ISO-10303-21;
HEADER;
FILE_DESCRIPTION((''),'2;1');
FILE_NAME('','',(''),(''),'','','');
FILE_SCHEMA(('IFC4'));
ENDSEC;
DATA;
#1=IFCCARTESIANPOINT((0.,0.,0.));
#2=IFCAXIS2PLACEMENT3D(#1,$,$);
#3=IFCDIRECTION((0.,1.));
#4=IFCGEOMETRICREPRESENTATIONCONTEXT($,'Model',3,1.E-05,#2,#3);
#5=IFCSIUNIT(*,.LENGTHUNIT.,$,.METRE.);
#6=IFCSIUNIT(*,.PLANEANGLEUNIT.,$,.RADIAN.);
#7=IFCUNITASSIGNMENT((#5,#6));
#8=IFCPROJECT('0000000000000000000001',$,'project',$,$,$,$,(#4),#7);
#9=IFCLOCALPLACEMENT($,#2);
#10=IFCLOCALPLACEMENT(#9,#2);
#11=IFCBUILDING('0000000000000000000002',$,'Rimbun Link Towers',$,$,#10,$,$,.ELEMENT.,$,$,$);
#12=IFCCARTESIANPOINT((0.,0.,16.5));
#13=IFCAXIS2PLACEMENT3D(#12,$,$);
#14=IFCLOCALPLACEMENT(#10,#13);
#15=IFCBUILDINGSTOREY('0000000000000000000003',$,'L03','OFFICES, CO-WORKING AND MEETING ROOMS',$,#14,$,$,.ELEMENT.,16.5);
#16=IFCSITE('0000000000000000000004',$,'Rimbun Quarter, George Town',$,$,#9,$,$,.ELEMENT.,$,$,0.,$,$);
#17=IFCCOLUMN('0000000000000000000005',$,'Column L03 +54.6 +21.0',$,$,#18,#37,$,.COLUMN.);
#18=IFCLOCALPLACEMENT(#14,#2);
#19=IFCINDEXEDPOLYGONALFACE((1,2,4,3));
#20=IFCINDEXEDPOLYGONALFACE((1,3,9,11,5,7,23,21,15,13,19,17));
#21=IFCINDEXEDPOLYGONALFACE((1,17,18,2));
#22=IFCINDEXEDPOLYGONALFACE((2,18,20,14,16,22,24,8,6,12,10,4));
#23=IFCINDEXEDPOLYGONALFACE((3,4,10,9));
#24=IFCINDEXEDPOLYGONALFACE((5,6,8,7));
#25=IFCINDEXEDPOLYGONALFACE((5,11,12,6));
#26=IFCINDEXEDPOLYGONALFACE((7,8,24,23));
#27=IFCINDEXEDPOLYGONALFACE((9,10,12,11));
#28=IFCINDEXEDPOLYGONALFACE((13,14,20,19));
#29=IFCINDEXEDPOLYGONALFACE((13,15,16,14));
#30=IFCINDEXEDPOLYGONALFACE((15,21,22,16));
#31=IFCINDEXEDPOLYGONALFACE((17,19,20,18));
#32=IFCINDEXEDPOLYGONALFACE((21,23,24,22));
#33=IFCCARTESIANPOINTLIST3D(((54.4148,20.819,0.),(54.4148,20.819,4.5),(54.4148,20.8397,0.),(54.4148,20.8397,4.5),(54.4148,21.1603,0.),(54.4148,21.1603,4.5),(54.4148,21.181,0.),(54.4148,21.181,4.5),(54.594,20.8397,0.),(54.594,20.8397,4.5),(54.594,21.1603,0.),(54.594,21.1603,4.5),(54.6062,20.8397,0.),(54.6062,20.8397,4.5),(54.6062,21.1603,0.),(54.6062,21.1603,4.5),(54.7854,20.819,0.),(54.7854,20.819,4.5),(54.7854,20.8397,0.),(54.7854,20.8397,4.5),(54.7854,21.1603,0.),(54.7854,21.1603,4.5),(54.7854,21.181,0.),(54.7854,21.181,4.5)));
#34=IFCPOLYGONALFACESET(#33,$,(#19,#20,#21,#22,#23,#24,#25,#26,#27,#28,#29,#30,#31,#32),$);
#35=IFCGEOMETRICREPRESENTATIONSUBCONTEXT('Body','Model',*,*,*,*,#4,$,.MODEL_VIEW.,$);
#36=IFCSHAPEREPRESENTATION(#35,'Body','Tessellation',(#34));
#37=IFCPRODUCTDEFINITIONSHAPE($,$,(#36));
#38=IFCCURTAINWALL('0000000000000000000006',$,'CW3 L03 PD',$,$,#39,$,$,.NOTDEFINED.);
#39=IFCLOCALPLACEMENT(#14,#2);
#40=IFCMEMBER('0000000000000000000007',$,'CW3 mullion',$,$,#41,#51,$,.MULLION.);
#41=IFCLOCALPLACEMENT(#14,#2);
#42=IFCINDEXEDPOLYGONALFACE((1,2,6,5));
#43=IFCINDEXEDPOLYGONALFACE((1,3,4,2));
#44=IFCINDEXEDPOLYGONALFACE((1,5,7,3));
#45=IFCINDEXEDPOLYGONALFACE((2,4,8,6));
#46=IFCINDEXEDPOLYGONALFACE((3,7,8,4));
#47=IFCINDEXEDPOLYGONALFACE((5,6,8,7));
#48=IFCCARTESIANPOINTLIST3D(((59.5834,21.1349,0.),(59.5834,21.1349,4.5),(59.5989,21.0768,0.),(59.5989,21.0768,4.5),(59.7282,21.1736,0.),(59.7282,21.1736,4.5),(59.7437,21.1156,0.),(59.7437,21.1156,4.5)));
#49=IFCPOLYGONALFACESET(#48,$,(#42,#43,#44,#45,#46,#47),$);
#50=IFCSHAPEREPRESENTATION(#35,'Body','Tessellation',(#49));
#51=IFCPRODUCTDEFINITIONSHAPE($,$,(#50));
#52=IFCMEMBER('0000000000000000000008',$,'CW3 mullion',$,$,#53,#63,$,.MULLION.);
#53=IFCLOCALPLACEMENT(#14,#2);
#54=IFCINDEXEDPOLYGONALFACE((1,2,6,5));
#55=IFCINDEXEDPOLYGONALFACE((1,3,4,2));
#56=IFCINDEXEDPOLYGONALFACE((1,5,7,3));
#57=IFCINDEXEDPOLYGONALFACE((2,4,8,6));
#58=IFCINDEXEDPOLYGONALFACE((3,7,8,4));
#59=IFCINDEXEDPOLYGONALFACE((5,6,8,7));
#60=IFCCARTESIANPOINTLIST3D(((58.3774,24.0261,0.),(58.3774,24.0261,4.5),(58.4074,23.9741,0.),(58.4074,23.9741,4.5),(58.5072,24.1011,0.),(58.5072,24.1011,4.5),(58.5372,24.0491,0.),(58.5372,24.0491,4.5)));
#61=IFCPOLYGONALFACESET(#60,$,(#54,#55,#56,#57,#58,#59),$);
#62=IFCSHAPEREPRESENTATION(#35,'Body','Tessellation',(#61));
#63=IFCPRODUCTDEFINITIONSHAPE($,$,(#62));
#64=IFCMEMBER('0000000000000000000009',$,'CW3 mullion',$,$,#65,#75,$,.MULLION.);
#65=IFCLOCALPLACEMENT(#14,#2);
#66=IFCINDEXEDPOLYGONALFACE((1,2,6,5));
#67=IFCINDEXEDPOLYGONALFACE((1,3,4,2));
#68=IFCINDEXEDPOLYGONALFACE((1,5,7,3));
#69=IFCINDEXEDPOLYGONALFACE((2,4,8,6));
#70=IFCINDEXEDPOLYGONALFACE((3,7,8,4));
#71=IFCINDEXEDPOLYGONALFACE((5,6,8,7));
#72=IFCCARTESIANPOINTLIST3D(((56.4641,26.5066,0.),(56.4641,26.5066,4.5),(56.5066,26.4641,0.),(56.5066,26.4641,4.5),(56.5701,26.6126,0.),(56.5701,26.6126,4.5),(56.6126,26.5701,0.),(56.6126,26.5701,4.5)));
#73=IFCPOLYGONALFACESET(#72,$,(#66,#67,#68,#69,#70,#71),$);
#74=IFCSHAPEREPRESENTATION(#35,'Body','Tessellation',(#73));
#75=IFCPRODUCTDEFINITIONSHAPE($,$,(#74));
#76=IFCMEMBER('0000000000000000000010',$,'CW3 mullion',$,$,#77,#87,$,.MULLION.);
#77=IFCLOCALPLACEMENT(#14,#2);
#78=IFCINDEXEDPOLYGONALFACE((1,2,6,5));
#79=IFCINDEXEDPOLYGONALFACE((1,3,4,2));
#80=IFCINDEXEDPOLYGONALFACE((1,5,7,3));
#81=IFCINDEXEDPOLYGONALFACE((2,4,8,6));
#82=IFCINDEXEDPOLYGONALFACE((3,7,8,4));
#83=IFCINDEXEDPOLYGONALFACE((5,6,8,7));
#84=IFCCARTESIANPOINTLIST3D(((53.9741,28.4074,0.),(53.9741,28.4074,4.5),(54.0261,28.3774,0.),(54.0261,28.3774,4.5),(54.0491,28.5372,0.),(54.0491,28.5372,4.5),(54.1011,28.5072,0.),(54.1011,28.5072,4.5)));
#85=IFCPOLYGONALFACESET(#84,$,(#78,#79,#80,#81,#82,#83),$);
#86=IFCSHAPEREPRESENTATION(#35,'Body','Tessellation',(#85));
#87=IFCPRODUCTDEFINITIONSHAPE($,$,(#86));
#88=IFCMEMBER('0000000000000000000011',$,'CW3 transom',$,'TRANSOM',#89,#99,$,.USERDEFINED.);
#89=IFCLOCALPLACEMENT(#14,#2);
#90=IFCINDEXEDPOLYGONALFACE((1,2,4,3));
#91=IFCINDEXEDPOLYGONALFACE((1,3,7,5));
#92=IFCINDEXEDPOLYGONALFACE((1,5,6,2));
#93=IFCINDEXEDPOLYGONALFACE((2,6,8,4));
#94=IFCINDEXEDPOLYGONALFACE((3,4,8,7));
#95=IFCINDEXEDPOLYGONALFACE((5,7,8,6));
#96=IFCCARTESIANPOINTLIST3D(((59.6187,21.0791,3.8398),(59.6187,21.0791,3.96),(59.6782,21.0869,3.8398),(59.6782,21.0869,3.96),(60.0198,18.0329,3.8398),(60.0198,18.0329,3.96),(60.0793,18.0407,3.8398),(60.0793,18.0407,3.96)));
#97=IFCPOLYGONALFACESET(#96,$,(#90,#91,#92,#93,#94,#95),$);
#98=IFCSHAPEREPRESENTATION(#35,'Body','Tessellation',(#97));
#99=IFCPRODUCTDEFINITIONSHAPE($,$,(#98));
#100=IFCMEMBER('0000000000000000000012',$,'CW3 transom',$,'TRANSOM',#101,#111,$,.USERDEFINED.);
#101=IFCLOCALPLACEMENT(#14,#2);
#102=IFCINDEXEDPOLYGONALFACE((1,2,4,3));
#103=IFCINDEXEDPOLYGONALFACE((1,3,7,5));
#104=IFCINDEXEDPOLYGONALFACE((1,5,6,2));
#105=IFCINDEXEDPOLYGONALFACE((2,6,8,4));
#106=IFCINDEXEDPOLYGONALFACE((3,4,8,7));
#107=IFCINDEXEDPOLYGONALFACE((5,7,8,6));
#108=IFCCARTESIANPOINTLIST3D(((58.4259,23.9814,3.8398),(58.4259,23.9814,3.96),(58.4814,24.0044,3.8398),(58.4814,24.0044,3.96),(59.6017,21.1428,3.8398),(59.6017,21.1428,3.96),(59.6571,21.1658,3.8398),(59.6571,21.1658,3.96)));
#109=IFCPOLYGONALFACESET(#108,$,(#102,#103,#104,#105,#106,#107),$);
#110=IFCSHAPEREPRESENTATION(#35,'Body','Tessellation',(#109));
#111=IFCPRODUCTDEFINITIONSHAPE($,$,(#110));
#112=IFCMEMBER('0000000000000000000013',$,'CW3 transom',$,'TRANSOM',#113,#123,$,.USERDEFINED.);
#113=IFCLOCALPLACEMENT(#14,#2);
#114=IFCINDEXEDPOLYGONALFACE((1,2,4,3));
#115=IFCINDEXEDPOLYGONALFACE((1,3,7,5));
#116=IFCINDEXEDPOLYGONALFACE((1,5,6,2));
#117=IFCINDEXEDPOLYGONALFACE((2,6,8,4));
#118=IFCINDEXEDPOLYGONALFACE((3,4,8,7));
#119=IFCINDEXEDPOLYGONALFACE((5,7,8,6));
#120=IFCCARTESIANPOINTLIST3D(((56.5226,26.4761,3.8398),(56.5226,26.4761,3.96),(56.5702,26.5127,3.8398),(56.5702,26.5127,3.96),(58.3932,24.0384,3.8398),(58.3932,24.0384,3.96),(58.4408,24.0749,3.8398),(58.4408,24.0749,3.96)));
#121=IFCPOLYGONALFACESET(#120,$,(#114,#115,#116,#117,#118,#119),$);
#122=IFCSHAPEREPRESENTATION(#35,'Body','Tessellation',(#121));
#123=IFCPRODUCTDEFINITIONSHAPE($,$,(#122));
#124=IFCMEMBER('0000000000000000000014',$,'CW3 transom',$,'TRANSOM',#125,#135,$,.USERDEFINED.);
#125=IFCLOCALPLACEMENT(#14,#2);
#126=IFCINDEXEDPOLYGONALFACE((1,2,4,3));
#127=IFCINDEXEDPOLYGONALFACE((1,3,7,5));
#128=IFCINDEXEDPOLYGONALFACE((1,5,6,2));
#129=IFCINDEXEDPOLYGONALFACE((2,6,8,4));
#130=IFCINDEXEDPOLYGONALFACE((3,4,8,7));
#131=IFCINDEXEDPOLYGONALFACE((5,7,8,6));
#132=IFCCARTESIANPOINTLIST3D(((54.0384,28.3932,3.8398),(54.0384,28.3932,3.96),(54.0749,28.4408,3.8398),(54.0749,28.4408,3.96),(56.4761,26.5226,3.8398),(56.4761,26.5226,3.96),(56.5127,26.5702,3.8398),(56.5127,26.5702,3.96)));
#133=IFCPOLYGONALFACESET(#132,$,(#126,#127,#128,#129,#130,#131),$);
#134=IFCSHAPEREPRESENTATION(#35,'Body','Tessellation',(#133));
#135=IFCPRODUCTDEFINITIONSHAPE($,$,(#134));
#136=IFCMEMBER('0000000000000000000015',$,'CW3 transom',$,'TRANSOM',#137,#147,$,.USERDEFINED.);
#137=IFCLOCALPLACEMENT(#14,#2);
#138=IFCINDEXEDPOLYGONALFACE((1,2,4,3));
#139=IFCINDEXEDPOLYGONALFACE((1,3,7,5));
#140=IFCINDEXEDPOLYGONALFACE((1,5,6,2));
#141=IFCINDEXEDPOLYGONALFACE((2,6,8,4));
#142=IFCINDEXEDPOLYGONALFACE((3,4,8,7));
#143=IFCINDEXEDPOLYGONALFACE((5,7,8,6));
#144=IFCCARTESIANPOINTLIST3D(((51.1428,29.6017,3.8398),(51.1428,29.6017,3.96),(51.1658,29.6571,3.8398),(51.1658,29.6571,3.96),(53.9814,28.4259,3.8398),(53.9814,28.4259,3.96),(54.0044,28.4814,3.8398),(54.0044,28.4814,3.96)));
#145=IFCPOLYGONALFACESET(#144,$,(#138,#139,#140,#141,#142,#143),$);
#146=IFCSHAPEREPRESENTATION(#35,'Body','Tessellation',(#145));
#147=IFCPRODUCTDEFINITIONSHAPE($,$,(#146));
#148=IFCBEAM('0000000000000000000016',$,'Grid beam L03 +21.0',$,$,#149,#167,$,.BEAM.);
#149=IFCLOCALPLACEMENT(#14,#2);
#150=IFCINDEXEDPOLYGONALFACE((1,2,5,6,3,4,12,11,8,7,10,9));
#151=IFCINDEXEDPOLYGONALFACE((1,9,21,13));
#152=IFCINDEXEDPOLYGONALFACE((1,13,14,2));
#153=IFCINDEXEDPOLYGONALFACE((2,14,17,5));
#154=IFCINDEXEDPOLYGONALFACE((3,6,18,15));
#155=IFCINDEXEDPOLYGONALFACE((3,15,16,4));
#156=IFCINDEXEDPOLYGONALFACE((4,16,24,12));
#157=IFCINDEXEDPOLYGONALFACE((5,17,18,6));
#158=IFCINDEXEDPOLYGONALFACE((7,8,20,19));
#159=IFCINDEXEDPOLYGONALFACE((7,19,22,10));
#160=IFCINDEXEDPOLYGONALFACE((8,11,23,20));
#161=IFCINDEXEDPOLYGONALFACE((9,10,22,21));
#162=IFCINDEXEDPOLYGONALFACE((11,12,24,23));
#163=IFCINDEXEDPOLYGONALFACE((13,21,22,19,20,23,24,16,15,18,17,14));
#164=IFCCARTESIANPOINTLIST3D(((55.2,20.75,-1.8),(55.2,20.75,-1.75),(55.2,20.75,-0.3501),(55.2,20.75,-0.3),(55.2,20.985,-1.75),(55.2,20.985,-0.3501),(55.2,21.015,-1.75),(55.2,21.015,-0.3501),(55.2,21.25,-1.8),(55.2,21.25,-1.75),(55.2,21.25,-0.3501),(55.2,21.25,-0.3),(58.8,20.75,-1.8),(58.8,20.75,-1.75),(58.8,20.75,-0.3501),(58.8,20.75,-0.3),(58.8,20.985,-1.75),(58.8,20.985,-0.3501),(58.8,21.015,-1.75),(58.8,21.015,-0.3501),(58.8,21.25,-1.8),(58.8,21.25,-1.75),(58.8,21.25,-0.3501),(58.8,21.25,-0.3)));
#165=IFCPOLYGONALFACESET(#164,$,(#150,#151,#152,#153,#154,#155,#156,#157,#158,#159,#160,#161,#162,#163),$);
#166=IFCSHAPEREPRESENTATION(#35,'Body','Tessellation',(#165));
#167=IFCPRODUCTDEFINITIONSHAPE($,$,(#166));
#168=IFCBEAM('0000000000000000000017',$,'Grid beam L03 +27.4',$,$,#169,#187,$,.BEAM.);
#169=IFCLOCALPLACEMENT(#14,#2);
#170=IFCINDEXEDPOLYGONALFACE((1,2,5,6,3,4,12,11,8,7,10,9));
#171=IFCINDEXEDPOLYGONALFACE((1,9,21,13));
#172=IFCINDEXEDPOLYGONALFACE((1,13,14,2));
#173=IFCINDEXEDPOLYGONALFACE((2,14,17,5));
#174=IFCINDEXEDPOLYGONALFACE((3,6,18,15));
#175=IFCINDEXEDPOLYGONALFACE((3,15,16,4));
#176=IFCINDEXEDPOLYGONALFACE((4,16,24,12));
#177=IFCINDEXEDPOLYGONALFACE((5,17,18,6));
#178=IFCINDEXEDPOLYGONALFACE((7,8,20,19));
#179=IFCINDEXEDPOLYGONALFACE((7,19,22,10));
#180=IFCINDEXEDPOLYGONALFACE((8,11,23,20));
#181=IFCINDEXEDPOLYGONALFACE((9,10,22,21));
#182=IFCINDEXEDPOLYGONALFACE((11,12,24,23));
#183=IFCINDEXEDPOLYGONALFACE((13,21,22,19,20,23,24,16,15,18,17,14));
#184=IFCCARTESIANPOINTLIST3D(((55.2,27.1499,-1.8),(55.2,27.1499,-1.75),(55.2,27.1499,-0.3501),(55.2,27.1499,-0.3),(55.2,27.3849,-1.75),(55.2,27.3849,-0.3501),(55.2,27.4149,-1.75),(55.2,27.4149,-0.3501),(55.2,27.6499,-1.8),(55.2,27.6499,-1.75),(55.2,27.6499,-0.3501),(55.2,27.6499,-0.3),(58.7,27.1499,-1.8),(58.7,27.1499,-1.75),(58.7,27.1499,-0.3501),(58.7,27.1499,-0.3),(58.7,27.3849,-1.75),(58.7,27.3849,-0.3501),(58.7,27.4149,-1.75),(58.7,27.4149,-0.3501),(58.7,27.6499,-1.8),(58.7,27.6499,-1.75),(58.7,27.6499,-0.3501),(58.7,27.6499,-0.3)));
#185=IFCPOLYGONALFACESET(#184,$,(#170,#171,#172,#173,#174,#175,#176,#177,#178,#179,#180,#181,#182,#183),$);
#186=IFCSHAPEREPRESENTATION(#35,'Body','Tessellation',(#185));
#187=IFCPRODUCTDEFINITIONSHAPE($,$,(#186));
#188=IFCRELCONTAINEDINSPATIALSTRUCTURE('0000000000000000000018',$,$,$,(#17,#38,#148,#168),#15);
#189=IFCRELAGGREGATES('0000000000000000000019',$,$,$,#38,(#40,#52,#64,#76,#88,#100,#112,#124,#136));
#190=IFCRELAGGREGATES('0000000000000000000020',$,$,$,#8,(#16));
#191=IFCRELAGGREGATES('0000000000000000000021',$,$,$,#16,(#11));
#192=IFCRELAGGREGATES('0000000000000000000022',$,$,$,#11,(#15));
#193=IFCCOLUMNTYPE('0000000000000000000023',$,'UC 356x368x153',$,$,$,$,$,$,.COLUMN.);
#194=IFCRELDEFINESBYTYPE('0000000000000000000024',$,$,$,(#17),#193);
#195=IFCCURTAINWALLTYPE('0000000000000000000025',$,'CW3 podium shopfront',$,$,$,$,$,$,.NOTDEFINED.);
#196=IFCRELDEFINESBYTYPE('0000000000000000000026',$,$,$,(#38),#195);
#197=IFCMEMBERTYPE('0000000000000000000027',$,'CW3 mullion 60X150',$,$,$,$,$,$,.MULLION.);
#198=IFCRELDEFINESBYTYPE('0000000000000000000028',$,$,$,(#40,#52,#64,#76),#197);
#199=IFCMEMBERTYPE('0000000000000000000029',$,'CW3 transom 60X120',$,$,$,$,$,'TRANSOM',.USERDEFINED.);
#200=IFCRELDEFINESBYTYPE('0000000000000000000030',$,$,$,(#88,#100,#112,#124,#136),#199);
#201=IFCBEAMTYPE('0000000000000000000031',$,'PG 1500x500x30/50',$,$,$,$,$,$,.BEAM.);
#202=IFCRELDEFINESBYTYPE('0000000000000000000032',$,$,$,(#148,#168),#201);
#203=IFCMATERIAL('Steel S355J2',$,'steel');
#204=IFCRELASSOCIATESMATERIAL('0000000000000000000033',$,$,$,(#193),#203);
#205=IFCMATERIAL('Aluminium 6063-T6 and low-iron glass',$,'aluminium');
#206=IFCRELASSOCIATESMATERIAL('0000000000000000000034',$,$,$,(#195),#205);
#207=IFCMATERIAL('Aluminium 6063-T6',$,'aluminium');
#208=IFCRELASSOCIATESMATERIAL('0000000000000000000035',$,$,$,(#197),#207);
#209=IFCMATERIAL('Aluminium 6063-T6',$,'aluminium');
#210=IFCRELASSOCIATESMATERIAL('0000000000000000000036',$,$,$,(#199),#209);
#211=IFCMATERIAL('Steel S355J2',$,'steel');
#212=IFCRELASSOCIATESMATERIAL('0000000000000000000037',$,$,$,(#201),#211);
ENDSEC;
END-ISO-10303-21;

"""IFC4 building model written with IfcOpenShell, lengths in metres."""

from ifc_helpers import new_model, si_unit, direction, frame, origin, origin_2d, place, context, subcontext, project, spatial, rectangle, i_section, extrude, material, material_profile, profile_set, type_object, element, aggregate, save


model = new_model("IFC4")

# Units and contexts
model_context = context("Model", 3, precision=1e-05, world=origin(), true_north=direction((0.0, 1.0)))
body_context = subcontext(model_context, "Body", "Model", "MODEL_VIEW")
ifc_project = project(units=[si_unit("LENGTHUNIT", "METRE"), si_unit("PLANEANGLEUNIT", "RADIAN")], contexts=[model_context])

# Site, building, storey
site_placement = place(None, origin())
site = spatial("IfcSite", under=ifc_project, at=site_placement, Name="Rimbun Quarter, George Town", CompositionType="ELEMENT", RefElevation=0.0)
building_placement = place(site_placement, origin())
building = spatial("IfcBuilding", under=site, at=building_placement, Name="Rimbun Link Towers", CompositionType="ELEMENT")
storey_placement = place(building_placement, frame((0.0, 0.0, 16.5)))
storey = spatial("IfcBuildingStorey", under=building, at=storey_placement, Name="L03", Description="OFFICES, CO-WORKING AND MEETING ROOMS", CompositionType="ELEMENT", Elevation=16.5)

# Column
ifc_material_1 = material(Name="Steel S355J2", Category="steel")
ifc_material_profile_1 = material_profile(ifc_material_1, i_section(OverallWidth=0.3706, OverallDepth=0.3621, WebThickness=0.0122, FlangeThickness=0.0208, at=origin_2d()), Name="UC 356x368x153")
ifc_profile_set_1 = profile_set([ifc_material_profile_1], Name="Steel S355J2")
column_type = type_object("IfcColumnType", Name="UC 356x368x153", PredefinedType="COLUMN", material=ifc_profile_set_1)
column_placement = place(storey_placement, frame((54.6001, 21.0, 0.0), z_axis=(0.0, 0.0, 1.0), x_axis=(1.0, 0.0, 0.0)))
element("IfcColumn", 1, at=column_placement, inside=storey, type_object=column_type, Name="Column L03 +54.6 +21.0", PredefinedType="COLUMN", context=body_context, shape_type="SweptSolid", body=[
    extrude(i_section(OverallWidth=0.3706, OverallDepth=0.3621, WebThickness=0.0122, FlangeThickness=0.0208, at=origin_2d()), origin(), (0.0, 0.0, 1.0), 4.5),
])

# Curtain wall, members
ifc_material_2 = material(Name="Aluminium 6063-T6 and low-iron glass", Category="aluminium")
curtain_wall_type = type_object("IfcCurtainWallType", Name="CW3 podium shopfront", PredefinedType="NOTDEFINED", material=ifc_material_2)
curtain_wall_placement = place(storey_placement, origin())
curtain_wall = element("IfcCurtainWall", 2, at=curtain_wall_placement, inside=storey, type_object=curtain_wall_type, Name="CW3 L03 PD", PredefinedType="NOTDEFINED")
ifc_material_3 = material(Name="Aluminium 6063-T6", Category="aluminium")
ifc_material_profile_2 = material_profile(ifc_material_3, rectangle(XDim=0.1499, YDim=0.0601, at=origin_2d()), Name="MULLION 60X150")
ifc_profile_set_2 = profile_set([ifc_material_profile_2], Name="Aluminium 6063-T6")
member_type_1 = type_object("IfcMemberType", Name="CW3 mullion 60X150", PredefinedType="MULLION", material=ifc_profile_set_2)
member_1_placement = place(storey_placement, frame((59.6636, 21.1252, 0.0), z_axis=(0.0, 0.0, 1.0), x_axis=(0.965926, 0.258819, 0.0)))
member_1 = element("IfcMember", 3, at=member_1_placement, type_object=member_type_1, Name="CW3 mullion", PredefinedType="MULLION", context=body_context, shape_type="SweptSolid", body=[
    extrude(rectangle(XDim=0.1499, YDim=0.0601, at=origin_2d()), origin(), (0.0, 0.0, 1.0), 4.5),
])
member_2_placement = place(storey_placement, frame((58.4573, 24.0376, 0.0), z_axis=(0.0, 0.0, 1.0), x_axis=(0.866029, 0.499994, 0.0)))
member_2 = element("IfcMember", 4, at=member_2_placement, type_object=member_type_1, Name="CW3 mullion", PredefinedType="MULLION", context=body_context, shape_type="SweptSolid", body=[
    extrude(rectangle(XDim=0.1499, YDim=0.0601, at=origin_2d()), origin(), (0.0, 0.0, 1.0), 4.5),
])
member_3_placement = place(storey_placement, frame((56.5383, 26.5383, 0.0), z_axis=(0.0, 0.0, 1.0), x_axis=(0.707107, 0.707107, 0.0)))
member_3 = element("IfcMember", 5, at=member_3_placement, type_object=member_type_1, Name="CW3 mullion", PredefinedType="MULLION", context=body_context, shape_type="SweptSolid", body=[
    extrude(rectangle(XDim=0.1499, YDim=0.0601, at=origin_2d()), origin(), (0.0, 0.0, 1.0), 4.5),
])
member_4_placement = place(storey_placement, frame((54.0376, 28.4573, 0.0), z_axis=(0.0, 0.0, 1.0), x_axis=(0.499994, 0.866029, 0.0)))
member_4 = element("IfcMember", 6, at=member_4_placement, type_object=member_type_1, Name="CW3 mullion", PredefinedType="MULLION", context=body_context, shape_type="SweptSolid", body=[
    extrude(rectangle(XDim=0.1499, YDim=0.0601, at=origin_2d()), origin(), (0.0, 0.0, 1.0), 4.5),
])
ifc_material_4 = material(Name="Aluminium 6063-T6", Category="aluminium")
ifc_material_profile_3 = material_profile(ifc_material_4, rectangle(XDim=0.0601, YDim=0.1201, at=origin_2d()), Name="TRANSOM 60X120")
ifc_profile_set_3 = profile_set([ifc_material_profile_3], Name="Aluminium 6063-T6")
member_type_2 = type_object("IfcMemberType", Name="CW3 transom 60X120", ElementType="TRANSOM", PredefinedType="USERDEFINED", material=ifc_profile_set_3)
member_5_placement = place(storey_placement, frame((59.6484, 21.083, 3.8999), z_axis=(0.130555, -0.991441, 0.0), x_axis=(0.991441, 0.130555, 0.0)))
member_5 = element("IfcMember", 7, at=member_5_placement, type_object=member_type_2, Name="CW3 transom", ObjectType="TRANSOM", PredefinedType="USERDEFINED", context=body_context, shape_type="SweptSolid", body=[
    extrude(rectangle(XDim=0.0601, YDim=0.1201, at=origin_2d()), origin(), (0.0, 0.0, 1.0), 3.0725),
])
member_6_placement = place(storey_placement, frame((58.4536, 23.9929, 3.8999), z_axis=(0.382679, -0.923881, 0.0), x_axis=(0.923881, 0.382679, 0.0)))
member_6 = element("IfcMember", 8, at=member_6_placement, type_object=member_type_2, Name="CW3 transom", ObjectType="TRANSOM", PredefinedType="USERDEFINED", context=body_context, shape_type="SweptSolid", body=[
    extrude(rectangle(XDim=0.0601, YDim=0.1201, at=origin_2d()), origin(), (0.0, 0.0, 1.0), 3.0725),
])
member_7_placement = place(storey_placement, frame((56.5464, 26.4944, 3.8999), z_axis=(0.608773, -0.793344, 0.0), x_axis=(0.793344, 0.608773, 0.0)))
member_7 = element("IfcMember", 9, at=member_7_placement, type_object=member_type_2, Name="CW3 transom", ObjectType="TRANSOM", PredefinedType="USERDEFINED", context=body_context, shape_type="SweptSolid", body=[
    extrude(rectangle(XDim=0.0601, YDim=0.1201, at=origin_2d()), origin(), (0.0, 0.0, 1.0), 3.0728),
])
member_8_placement = place(storey_placement, frame((54.0566, 28.417, 3.8999), z_axis=(0.793344, -0.608773, 0.0), x_axis=(0.608773, 0.793344, 0.0)))
member_8 = element("IfcMember", 10, at=member_8_placement, type_object=member_type_2, Name="CW3 transom", ObjectType="TRANSOM", PredefinedType="USERDEFINED", context=body_context, shape_type="SweptSolid", body=[
    extrude(rectangle(XDim=0.0601, YDim=0.1201, at=origin_2d()), origin(), (0.0, 0.0, 1.0), 3.0728),
])
member_9_placement = place(storey_placement, frame((51.1543, 29.6294, 3.8999), z_axis=(0.923881, -0.382679, 0.0), x_axis=(0.382679, 0.923881, 0.0)))
member_9 = element("IfcMember", 11, at=member_9_placement, type_object=member_type_2, Name="CW3 transom", ObjectType="TRANSOM", PredefinedType="USERDEFINED", context=body_context, shape_type="SweptSolid", body=[
    extrude(rectangle(XDim=0.0601, YDim=0.1201, at=origin_2d()), origin(), (0.0, 0.0, 1.0), 3.0725),
])

# Beams
ifc_material_5 = material(Name="Steel S355J2", Category="steel")
ifc_material_profile_4 = material_profile(ifc_material_5, i_section(OverallWidth=0.5, OverallDepth=1.5, WebThickness=0.03, FlangeThickness=0.05, at=origin_2d()), Name="PG 1500x500x30/50")
ifc_profile_set_4 = profile_set([ifc_material_profile_4], Name="Steel S355J2")
beam_type = type_object("IfcBeamType", Name="PG 1500x500x30/50", PredefinedType="BEAM", material=ifc_profile_set_4)
beam_1_placement = place(storey_placement, frame((55.2, 21.0, -1.05), z_axis=(1.0, 0.0, 0.0), x_axis=(0.0, 1.0, 0.0)))
element("IfcBeam", 12, at=beam_1_placement, inside=storey, type_object=beam_type, Name="Grid beam L03 +21.0", PredefinedType="BEAM", context=body_context, shape_type="SweptSolid", body=[
    extrude(i_section(OverallWidth=0.5, OverallDepth=1.5, WebThickness=0.03, FlangeThickness=0.05, at=origin_2d()), origin(), (0.0, 0.0, 1.0), 3.6001),
])
beam_2_placement = place(storey_placement, frame((55.2, 27.3999, -1.05), z_axis=(1.0, 0.0, 0.0), x_axis=(0.0, 1.0, 0.0)))
element("IfcBeam", 13, at=beam_2_placement, inside=storey, type_object=beam_type, Name="Grid beam L03 +27.4", PredefinedType="BEAM", context=body_context, shape_type="SweptSolid", body=[
    extrude(i_section(OverallWidth=0.5, OverallDepth=1.5, WebThickness=0.03, FlangeThickness=0.05, at=origin_2d()), origin(), (0.0, 0.0, 1.0), 3.5),
])

aggregate(curtain_wall, [member_1, member_2, member_3, member_4, member_5, member_6, member_7, member_8, member_9])

save(model, "model.ifc")
